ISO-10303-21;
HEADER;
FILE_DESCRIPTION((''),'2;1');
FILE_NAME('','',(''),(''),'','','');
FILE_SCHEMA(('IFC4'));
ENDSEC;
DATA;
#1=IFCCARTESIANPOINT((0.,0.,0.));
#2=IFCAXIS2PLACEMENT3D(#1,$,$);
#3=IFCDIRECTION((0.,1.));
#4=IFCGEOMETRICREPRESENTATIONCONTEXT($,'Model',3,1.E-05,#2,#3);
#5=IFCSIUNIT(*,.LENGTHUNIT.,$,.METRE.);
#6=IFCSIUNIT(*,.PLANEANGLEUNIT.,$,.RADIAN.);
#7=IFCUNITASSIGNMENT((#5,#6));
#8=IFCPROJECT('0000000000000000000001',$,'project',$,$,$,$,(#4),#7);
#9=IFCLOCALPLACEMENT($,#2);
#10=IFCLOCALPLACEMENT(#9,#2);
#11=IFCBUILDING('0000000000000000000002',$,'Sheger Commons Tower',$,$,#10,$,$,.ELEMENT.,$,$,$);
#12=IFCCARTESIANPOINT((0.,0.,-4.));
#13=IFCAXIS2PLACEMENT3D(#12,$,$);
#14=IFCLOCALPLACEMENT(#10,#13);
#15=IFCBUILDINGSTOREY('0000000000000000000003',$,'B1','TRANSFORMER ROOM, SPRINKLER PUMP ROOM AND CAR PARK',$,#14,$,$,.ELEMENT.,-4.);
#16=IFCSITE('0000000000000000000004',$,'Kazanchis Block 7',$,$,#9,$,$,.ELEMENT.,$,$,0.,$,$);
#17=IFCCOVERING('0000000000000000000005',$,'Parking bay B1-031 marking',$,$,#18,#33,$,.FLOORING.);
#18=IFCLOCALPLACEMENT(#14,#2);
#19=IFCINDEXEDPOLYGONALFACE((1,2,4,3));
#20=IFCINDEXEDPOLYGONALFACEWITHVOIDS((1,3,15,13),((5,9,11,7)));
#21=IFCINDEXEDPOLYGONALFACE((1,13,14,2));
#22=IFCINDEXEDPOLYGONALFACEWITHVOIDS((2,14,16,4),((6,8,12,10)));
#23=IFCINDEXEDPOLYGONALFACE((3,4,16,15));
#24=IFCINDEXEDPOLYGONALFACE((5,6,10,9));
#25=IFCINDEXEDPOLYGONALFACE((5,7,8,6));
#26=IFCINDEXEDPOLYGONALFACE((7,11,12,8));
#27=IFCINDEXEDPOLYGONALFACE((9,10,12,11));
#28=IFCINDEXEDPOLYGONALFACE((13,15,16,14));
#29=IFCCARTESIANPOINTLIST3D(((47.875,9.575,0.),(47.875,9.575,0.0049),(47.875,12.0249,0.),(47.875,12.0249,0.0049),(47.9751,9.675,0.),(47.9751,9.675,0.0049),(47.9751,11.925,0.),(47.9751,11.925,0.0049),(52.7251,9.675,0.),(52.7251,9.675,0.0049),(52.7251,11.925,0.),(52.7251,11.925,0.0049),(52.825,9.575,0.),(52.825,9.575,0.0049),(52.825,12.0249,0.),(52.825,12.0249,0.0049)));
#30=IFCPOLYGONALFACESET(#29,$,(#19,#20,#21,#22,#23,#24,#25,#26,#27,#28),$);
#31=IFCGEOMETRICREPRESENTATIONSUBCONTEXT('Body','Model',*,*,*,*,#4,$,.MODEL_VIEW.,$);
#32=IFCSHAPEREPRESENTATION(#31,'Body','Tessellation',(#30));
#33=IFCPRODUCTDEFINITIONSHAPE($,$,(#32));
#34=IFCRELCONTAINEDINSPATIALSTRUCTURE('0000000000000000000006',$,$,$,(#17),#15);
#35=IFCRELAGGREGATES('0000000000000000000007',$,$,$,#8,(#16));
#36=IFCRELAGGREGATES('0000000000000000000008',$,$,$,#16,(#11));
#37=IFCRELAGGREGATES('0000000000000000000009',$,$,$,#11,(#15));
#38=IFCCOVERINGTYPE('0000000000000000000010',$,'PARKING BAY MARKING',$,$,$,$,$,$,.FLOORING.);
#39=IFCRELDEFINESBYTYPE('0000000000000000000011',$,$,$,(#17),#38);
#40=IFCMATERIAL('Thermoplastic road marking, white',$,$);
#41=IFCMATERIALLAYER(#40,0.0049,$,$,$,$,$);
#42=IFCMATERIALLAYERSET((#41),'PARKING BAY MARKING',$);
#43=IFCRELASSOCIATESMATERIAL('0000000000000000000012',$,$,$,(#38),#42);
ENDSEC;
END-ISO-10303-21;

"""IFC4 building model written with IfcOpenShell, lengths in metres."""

from ifc_helpers import new_model, si_unit, direction, frame, origin, place, context, subcontext, project, spatial, polyline, outline, extrude, material, layer, layer_set, type_object, element, save


model = new_model("IFC4")

# Units and contexts
model_context = context("Model", 3, precision=1e-05, world=origin(), true_north=direction((0.0, 1.0)))
body_context = subcontext(model_context, "Body", "Model", "MODEL_VIEW")
ifc_project = project(units=[si_unit("LENGTHUNIT", "METRE"), si_unit("PLANEANGLEUNIT", "RADIAN")], contexts=[model_context])

# Site, building, storey
site_placement = place(None, origin())
site = spatial("IfcSite", under=ifc_project, at=site_placement, Name="Kazanchis Block 7", CompositionType="ELEMENT", RefElevation=0.0)
building_placement = place(site_placement, origin())
building = spatial("IfcBuilding", under=site, at=building_placement, Name="Sheger Commons Tower", CompositionType="ELEMENT")
storey_placement = place(building_placement, frame((0.0, 0.0, -4.0)))
storey = spatial("IfcBuildingStorey", under=building, at=storey_placement, Name="B1", Description="TRANSFORMER ROOM, SPRINKLER PUMP ROOM AND CAR PARK", CompositionType="ELEMENT", Elevation=-4.0)

# Covering
ifc_material_1 = material(Name="Thermoplastic road marking, white")
ifc_layer_1 = layer(ifc_material_1, 0.0049)
ifc_layer_set_1 = layer_set([ifc_layer_1], Name="PARKING BAY MARKING")
covering_type_1 = type_object("IfcCoveringType", Name="PARKING BAY MARKING", PredefinedType="FLOORING", material=ifc_layer_set_1)
covering_1_placement = place(storey_placement, origin())
element("IfcCovering", 1, at=covering_1_placement, inside=storey, type_object=covering_type_1, Name="Parking bay B1-031 marking", PredefinedType="FLOORING", context=body_context, shape_type="SweptSolid", body=[
    extrude(outline(polyline([(47.875, 9.575), (52.825, 9.575), (52.825, 12.0249), (47.875, 12.0249), (47.875, 9.575)]), holes=[polyline([(52.7251, 11.925), (52.7251, 9.675), (47.9751, 9.675), (47.9751, 11.925), (52.7251, 11.925)])]), origin(), (0.0, 0.0, 1.0), 0.0049),
])

save(model, "model.ifc")
